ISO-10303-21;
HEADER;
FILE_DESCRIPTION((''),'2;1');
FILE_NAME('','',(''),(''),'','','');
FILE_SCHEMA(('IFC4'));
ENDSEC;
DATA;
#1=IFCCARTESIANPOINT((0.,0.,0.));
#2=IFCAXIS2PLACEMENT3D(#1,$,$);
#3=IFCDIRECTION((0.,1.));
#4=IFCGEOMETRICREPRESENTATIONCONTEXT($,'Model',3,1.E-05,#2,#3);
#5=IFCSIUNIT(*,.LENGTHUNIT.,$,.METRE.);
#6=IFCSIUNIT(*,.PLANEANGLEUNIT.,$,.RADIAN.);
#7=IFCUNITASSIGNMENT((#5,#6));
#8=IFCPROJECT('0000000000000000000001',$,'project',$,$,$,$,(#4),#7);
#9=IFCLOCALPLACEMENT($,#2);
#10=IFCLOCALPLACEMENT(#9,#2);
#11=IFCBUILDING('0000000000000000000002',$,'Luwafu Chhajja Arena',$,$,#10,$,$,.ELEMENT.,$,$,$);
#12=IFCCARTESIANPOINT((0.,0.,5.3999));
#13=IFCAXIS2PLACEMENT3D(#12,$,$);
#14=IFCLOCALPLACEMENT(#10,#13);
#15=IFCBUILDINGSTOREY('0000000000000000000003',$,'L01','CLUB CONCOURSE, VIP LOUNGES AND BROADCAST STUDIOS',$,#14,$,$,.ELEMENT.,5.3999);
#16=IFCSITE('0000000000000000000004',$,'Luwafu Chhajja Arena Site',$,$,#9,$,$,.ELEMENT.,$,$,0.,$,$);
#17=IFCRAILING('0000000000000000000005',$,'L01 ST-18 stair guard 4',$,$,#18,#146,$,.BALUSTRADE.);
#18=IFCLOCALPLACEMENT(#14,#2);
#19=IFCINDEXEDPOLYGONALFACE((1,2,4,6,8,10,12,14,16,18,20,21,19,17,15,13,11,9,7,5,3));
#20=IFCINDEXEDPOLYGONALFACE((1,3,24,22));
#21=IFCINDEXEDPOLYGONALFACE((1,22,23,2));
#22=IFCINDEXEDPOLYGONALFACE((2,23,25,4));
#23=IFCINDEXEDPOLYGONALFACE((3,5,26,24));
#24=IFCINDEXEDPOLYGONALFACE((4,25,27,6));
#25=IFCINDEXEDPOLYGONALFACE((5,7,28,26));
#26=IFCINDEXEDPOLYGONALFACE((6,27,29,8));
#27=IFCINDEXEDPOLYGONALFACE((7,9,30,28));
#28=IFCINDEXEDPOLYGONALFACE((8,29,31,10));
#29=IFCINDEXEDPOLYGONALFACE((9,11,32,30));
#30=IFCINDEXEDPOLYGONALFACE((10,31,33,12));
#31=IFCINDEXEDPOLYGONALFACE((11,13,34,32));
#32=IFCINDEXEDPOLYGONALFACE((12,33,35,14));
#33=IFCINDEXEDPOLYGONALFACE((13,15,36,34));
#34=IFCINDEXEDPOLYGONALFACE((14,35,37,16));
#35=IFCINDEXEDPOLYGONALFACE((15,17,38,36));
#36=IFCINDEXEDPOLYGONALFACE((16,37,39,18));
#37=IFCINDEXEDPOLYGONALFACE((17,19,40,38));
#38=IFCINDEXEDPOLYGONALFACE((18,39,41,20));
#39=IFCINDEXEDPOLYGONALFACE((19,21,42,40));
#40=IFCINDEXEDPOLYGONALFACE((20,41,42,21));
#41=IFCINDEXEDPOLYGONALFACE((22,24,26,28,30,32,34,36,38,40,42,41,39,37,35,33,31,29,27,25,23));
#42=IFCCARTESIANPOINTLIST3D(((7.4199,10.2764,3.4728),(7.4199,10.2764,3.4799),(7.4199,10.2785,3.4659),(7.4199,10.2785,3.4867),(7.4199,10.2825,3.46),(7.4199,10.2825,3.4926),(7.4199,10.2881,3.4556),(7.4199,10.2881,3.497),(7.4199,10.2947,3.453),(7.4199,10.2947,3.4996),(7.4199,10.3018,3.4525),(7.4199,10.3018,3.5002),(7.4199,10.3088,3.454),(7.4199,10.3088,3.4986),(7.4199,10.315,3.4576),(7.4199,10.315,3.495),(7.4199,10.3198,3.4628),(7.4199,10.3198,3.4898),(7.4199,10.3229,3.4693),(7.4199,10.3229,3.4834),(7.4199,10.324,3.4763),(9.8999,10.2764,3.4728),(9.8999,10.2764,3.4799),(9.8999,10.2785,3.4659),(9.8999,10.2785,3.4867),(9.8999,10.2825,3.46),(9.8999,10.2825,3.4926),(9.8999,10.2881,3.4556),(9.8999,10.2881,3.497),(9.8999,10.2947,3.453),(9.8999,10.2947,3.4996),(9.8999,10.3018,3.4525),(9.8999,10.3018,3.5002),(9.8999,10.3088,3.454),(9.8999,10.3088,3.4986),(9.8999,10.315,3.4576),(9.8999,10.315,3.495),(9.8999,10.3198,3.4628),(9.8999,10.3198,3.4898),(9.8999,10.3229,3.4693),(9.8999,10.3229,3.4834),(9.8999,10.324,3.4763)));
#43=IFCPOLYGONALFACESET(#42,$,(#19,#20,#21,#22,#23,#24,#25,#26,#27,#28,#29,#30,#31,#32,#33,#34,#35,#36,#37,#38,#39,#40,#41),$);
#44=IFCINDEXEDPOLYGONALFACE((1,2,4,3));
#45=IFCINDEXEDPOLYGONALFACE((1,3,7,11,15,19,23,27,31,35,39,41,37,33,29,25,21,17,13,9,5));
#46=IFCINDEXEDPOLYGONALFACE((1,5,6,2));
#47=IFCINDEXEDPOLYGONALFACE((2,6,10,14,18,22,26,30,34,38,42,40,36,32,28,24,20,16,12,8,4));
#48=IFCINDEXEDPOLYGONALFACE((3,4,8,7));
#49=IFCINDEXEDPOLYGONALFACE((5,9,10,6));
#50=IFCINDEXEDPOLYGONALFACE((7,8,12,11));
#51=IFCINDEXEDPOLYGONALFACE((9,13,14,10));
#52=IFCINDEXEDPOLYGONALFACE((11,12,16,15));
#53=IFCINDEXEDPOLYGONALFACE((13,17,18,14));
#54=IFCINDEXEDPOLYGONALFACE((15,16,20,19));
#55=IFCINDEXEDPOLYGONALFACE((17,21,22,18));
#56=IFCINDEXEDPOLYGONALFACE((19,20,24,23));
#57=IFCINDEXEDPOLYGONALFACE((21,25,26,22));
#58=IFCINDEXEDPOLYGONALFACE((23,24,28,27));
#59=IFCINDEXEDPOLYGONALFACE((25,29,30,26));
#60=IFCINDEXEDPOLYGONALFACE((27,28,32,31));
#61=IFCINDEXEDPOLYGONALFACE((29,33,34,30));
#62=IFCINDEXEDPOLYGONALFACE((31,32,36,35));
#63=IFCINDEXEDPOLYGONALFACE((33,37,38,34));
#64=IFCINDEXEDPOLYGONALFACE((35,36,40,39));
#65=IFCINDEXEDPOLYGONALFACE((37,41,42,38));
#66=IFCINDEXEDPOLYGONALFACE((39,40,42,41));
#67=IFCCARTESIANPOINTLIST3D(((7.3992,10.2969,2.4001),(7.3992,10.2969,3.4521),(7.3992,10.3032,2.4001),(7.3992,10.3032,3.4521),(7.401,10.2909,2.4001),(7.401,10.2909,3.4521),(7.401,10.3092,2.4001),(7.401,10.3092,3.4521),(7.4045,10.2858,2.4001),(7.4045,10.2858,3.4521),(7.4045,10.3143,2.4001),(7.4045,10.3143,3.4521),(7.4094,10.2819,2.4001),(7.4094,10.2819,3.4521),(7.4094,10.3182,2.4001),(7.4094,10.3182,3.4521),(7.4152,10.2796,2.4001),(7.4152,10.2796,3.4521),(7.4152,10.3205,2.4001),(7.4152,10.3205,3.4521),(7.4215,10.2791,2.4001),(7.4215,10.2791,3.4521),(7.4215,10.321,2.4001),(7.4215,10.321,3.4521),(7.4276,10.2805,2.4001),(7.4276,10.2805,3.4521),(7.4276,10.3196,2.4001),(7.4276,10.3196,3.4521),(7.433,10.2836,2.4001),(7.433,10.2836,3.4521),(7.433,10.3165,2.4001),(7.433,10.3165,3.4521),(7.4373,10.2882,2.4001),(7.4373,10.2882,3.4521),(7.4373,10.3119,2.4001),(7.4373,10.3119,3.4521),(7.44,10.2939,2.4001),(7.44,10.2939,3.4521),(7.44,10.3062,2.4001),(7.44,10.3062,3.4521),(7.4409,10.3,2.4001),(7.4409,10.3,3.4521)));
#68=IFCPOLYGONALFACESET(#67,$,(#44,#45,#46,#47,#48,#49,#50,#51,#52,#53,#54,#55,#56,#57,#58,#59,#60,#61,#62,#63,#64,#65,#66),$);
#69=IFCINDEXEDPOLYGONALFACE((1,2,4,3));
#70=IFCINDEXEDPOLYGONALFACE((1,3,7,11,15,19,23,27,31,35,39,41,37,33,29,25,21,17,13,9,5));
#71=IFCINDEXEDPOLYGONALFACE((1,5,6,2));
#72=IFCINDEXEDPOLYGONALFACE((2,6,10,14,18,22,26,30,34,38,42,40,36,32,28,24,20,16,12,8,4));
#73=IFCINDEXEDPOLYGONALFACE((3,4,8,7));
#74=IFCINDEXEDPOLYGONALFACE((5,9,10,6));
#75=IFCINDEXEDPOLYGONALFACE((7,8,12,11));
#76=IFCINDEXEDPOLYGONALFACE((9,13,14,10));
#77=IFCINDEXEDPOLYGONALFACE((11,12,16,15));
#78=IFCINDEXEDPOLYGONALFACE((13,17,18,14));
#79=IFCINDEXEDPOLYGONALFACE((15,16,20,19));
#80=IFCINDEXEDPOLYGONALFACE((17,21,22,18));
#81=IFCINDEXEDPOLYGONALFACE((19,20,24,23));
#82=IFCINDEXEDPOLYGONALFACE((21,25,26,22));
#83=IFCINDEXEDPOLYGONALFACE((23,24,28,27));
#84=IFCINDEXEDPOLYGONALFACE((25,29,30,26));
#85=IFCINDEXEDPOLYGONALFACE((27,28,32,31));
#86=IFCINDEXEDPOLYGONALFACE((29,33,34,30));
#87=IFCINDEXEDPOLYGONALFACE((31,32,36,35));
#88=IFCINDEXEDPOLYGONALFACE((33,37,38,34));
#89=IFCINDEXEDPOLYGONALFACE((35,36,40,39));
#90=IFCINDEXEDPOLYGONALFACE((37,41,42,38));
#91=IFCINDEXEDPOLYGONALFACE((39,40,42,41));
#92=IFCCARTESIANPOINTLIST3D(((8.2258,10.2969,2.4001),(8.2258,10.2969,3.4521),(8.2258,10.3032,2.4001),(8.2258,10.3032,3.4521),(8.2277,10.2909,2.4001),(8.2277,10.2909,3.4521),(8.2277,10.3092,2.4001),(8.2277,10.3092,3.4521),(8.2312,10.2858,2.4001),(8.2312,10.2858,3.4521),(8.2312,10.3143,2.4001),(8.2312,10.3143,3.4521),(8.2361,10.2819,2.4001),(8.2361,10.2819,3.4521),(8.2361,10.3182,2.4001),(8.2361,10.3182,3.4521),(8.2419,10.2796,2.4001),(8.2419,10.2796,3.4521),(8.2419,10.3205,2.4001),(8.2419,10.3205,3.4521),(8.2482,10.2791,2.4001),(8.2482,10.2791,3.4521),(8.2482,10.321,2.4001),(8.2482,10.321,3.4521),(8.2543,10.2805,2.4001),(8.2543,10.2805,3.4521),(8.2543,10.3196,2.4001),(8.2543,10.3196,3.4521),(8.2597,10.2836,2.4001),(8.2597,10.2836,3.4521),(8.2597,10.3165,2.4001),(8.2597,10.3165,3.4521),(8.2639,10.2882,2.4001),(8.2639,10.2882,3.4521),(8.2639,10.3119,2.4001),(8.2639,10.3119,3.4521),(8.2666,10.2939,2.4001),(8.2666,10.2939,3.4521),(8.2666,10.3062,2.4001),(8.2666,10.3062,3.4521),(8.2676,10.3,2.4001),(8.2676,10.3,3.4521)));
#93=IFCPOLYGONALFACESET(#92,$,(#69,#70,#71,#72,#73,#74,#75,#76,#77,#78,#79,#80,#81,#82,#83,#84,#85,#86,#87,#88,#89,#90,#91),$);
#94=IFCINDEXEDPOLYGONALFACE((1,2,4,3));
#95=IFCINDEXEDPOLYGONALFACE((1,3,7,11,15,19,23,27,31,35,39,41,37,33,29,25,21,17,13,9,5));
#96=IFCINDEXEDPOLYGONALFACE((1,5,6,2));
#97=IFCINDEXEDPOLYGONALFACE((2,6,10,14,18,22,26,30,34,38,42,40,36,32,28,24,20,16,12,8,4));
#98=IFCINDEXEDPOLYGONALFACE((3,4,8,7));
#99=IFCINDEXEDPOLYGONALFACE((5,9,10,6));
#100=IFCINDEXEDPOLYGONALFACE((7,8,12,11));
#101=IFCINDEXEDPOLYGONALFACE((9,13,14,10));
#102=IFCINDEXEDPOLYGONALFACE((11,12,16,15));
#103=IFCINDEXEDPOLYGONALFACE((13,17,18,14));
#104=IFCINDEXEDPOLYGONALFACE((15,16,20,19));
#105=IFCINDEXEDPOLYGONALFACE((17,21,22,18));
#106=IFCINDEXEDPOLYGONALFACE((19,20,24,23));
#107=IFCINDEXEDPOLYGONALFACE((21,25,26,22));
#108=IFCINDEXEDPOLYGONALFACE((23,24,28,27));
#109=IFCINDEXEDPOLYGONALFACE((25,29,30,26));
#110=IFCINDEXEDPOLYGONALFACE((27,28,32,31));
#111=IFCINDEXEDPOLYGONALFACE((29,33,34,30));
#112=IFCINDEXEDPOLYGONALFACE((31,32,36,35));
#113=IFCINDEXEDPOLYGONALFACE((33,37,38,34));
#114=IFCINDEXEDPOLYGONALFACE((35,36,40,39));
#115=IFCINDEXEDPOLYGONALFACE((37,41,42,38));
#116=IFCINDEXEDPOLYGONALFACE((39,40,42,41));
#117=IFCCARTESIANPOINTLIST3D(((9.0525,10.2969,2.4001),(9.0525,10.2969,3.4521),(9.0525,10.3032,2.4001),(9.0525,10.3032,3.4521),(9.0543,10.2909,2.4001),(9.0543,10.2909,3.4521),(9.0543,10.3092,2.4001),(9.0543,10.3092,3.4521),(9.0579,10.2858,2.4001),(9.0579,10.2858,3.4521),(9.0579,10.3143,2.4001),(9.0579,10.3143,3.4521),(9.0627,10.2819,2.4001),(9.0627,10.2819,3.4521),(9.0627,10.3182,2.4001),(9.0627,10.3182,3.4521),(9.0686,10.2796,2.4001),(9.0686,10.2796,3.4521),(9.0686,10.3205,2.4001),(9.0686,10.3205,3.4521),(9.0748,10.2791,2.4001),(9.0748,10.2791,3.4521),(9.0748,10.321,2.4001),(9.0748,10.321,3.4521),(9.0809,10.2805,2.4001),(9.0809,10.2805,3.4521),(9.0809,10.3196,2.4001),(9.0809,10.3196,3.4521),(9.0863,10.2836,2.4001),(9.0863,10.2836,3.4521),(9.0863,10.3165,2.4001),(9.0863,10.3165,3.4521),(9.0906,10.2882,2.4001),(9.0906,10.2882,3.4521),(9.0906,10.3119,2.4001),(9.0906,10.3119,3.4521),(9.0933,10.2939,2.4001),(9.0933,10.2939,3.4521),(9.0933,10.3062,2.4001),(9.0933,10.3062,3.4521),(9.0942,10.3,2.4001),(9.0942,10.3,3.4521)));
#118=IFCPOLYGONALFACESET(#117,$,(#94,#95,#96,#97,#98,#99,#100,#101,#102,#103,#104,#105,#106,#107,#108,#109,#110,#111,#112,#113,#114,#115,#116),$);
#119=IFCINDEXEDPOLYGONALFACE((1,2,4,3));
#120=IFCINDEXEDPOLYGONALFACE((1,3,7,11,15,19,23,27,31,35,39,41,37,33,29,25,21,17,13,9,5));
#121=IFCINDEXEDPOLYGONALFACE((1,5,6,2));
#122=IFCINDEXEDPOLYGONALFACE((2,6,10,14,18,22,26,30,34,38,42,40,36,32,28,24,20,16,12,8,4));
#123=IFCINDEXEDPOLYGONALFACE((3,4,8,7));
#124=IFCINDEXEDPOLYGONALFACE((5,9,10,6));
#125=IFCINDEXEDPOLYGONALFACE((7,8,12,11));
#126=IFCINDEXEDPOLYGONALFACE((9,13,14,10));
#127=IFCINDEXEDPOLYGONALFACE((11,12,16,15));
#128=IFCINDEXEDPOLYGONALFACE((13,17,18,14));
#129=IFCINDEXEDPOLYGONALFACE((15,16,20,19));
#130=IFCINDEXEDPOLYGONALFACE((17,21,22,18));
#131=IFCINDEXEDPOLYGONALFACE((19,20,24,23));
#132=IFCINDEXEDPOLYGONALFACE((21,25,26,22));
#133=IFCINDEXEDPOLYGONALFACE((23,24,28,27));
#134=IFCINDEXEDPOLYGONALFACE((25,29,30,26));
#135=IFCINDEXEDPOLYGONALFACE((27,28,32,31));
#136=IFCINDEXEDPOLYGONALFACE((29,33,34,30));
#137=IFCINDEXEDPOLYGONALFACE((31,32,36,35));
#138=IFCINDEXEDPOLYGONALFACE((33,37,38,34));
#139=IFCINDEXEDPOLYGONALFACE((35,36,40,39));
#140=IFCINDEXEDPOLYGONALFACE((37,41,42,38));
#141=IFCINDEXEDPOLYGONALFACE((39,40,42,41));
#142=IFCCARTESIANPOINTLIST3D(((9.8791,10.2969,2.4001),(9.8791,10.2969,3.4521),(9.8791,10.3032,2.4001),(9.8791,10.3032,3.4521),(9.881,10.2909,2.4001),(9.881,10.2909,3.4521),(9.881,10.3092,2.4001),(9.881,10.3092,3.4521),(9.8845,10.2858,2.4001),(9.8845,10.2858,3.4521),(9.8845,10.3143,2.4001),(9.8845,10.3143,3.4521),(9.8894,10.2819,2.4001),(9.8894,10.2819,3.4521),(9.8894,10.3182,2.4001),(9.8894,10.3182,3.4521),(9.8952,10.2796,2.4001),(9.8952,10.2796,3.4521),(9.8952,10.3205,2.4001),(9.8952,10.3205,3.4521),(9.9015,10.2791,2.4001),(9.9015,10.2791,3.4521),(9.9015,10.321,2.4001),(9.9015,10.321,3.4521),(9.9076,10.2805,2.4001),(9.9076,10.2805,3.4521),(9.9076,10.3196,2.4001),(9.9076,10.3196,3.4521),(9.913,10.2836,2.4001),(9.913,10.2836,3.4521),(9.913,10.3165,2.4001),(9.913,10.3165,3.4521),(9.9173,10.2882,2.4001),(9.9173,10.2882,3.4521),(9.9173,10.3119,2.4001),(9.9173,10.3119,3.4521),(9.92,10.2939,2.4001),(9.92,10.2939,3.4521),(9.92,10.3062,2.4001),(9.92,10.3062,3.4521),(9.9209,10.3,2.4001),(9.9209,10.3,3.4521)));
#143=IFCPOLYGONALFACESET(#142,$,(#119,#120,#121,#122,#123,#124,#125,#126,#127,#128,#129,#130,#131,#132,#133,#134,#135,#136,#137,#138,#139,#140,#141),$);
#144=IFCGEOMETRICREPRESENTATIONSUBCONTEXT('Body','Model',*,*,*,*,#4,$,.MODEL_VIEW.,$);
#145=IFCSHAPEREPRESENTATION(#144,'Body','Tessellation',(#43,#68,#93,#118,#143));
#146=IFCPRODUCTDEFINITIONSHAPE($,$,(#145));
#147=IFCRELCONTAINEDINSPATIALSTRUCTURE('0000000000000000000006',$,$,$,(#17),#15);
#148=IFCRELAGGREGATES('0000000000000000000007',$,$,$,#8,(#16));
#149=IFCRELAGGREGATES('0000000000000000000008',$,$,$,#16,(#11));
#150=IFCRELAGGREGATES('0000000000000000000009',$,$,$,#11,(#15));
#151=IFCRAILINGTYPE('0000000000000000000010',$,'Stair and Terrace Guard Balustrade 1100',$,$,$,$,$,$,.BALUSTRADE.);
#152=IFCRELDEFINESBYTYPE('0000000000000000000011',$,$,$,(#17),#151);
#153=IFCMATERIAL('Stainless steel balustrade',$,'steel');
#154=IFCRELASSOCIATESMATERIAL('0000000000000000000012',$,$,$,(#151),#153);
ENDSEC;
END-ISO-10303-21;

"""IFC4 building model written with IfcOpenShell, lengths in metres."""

from ifc_helpers import new_model, si_unit, direction, frame, origin, origin_2d, place, context, subcontext, project, spatial, circle, extrude, material, type_object, element, save


model = new_model("IFC4")

# Units and contexts
model_context = context("Model", 3, precision=1e-05, world=origin(), true_north=direction((0.0, 1.0)))
body_context = subcontext(model_context, "Body", "Model", "MODEL_VIEW")
ifc_project = project(units=[si_unit("LENGTHUNIT", "METRE"), si_unit("PLANEANGLEUNIT", "RADIAN")], contexts=[model_context])

# Site, building, storey
site_placement = place(None, origin())
site = spatial("IfcSite", under=ifc_project, at=site_placement, Name="Luwafu Chhajja Arena Site", CompositionType="ELEMENT", RefElevation=0.0)
building_placement = place(site_placement, origin())
building = spatial("IfcBuilding", under=site, at=building_placement, Name="Luwafu Chhajja Arena", CompositionType="ELEMENT")
storey_placement = place(building_placement, frame((0.0, 0.0, 5.3999)))
storey = spatial("IfcBuildingStorey", under=building, at=storey_placement, Name="L01", Description="CLUB CONCOURSE, VIP LOUNGES AND BROADCAST STUDIOS", CompositionType="ELEMENT", Elevation=5.3999)

# Shared definitions
ifc_material_1 = material(Name="Stainless steel balustrade", Category="steel")

# Railing
railing_type_1 = type_object("IfcRailingType", Name="Stair and Terrace Guard Balustrade 1100", PredefinedType="BALUSTRADE", material=ifc_material_1)
for number, where, name in (
    (1, (7.4199, 10.3, 2.4001), "L01 ST-18 stair guard 4"),
):
    element("IfcRailing", number, at=place(storey_placement, frame(where)), inside=storey, type_object=railing_type_1, Name=name, PredefinedType="BALUSTRADE", context=body_context, shape_type="SweptSolid", body=[
        extrude(circle(Radius=0.0239, at=origin_2d()), frame((0.0, 0.0, 1.0762), z_axis=(1.0, 0.0, 0.0), x_axis=(0.0, 1.0, 0.0)), (0.0, 0.0, 1.0), 2.48),
        extrude(circle(Radius=0.021, at=origin_2d()), origin(), (0.0, 0.0, 1.0), 1.052),
        extrude(circle(Radius=0.021, at=origin_2d()), frame((0.8267, 0.0, 0.0)), (0.0, 0.0, 1.0), 1.052),
        extrude(circle(Radius=0.021, at=origin_2d()), frame((1.6533, 0.0, 0.0)), (0.0, 0.0, 1.0), 1.052),
        extrude(circle(Radius=0.021, at=origin_2d()), frame((2.48, 0.0, 0.0)), (0.0, 0.0, 1.0), 1.052),
    ])

save(model, "model.ifc")
